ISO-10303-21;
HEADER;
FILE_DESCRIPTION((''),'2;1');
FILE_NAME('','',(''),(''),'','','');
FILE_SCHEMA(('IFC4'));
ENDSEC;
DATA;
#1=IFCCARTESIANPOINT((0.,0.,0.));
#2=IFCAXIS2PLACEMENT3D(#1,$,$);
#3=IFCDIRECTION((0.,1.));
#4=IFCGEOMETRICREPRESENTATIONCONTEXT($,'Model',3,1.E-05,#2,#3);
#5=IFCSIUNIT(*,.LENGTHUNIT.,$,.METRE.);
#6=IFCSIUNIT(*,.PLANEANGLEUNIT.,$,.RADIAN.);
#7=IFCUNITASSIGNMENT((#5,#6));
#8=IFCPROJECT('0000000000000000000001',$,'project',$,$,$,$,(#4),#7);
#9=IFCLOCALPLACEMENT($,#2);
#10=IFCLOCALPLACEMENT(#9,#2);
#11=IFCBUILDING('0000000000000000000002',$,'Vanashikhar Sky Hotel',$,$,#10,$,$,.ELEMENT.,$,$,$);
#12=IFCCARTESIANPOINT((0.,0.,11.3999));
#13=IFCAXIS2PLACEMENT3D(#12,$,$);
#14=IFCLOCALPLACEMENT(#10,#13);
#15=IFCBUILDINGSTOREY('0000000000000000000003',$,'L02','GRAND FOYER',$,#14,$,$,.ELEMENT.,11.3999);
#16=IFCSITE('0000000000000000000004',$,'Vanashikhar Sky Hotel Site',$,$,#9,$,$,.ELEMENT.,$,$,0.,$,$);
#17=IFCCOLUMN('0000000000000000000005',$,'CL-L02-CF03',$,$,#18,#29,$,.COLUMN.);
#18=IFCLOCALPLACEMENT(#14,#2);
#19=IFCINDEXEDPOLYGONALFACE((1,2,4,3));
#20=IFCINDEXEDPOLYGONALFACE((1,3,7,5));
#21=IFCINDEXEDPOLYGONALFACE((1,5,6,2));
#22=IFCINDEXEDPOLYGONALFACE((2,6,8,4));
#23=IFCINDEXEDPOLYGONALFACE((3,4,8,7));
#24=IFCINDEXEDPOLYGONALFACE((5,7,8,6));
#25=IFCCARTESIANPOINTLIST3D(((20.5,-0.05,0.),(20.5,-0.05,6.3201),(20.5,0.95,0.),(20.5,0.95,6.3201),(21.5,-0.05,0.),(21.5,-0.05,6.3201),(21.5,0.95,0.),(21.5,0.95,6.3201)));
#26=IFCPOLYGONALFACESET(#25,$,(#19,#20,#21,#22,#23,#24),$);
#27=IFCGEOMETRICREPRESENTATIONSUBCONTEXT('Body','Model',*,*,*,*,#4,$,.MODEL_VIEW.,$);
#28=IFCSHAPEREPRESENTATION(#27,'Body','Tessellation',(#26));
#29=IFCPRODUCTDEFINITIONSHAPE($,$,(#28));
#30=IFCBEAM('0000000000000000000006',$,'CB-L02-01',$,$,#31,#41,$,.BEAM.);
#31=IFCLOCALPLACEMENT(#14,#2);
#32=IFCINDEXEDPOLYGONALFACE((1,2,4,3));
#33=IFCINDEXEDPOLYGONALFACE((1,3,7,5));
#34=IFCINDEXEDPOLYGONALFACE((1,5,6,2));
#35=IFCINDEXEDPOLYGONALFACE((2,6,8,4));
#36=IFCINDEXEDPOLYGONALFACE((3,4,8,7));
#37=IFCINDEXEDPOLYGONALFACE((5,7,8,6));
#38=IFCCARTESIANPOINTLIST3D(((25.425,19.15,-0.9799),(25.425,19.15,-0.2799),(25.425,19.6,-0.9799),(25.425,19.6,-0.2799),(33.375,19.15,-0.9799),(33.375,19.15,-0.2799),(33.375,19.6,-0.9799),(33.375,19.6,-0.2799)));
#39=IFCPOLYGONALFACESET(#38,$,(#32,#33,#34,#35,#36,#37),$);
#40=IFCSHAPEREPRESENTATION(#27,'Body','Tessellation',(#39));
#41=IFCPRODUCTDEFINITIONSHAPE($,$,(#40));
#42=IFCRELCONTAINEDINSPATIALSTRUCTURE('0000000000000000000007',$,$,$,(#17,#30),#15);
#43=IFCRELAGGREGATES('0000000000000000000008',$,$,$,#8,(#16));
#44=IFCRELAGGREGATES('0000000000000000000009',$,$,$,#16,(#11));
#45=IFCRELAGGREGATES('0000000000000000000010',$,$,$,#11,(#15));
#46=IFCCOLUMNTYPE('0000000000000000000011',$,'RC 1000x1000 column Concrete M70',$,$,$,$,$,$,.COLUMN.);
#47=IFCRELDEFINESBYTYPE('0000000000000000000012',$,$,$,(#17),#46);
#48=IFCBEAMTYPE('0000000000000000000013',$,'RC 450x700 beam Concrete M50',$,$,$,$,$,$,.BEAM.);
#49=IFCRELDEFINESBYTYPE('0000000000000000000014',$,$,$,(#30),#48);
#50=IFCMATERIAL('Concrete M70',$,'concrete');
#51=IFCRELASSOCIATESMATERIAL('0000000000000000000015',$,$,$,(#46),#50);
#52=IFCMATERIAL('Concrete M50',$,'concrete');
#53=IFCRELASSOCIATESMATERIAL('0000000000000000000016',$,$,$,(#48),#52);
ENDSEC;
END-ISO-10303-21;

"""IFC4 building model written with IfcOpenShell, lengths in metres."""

from ifc_helpers import new_model, si_unit, direction, frame, origin, origin_2d, place, context, subcontext, project, spatial, rectangle, extrude, source, transform, mapped, material, material_profile, profile_set, type_object, element, save


model = new_model("IFC4")

# Units and contexts
model_context = context("Model", 3, precision=1e-05, world=origin(), true_north=direction((0.0, 1.0)))
body_context = subcontext(model_context, "Body", "Model", "MODEL_VIEW")
ifc_project = project(units=[si_unit("LENGTHUNIT", "METRE"), si_unit("PLANEANGLEUNIT", "RADIAN")], contexts=[model_context])

# Site, building, storey
site_placement = place(None, origin())
site = spatial("IfcSite", under=ifc_project, at=site_placement, Name="Vanashikhar Sky Hotel Site", CompositionType="ELEMENT", RefElevation=0.0)
building_placement = place(site_placement, origin())
building = spatial("IfcBuilding", under=site, at=building_placement, Name="Vanashikhar Sky Hotel", CompositionType="ELEMENT")
storey_placement = place(building_placement, frame((0.0, 0.0, 11.3999)))
storey = spatial("IfcBuildingStorey", under=building, at=storey_placement, Name="L02", Description="GRAND FOYER", CompositionType="ELEMENT", Elevation=11.3999)

# Column
ifc_material_1 = material(Name="Concrete M70", Category="concrete")
ifc_material_profile_1 = material_profile(ifc_material_1, rectangle(XDim=1.0, YDim=1.0, at=origin_2d()))
ifc_profile_set_1 = profile_set([ifc_material_profile_1], Name="RC 1000x1000 column Concrete M70")
column_type = type_object("IfcColumnType", Name="RC 1000x1000 column Concrete M70", PredefinedType="COLUMN", material=ifc_profile_set_1)
shared_shape_1 = source(origin(), body_context, "Body", "SweptSolid", [
    extrude(rectangle(XDim=1.0, YDim=1.0, at=origin_2d()), origin(), (0.0, 0.0, 1.0), 6.3201),
])
column_placement = place(storey_placement, frame((21.0, 0.45, 0.0), z_axis=(0.0, 0.0, 1.0), x_axis=(1.0, 0.0, 0.0)))
element("IfcColumn", 1, at=column_placement, inside=storey, type_object=column_type, Name="CL-L02-CF03", PredefinedType="COLUMN", context=body_context, shape_type="MappedRepresentation", body=[
    mapped(shared_shape_1, transform((0.0, 0.0, 0.0), scale=1.0)),
])

# Beam
ifc_material_2 = material(Name="Concrete M50", Category="concrete")
ifc_material_profile_2 = material_profile(ifc_material_2, rectangle(XDim=0.45, YDim=0.7, at=origin_2d()))
ifc_profile_set_2 = profile_set([ifc_material_profile_2], Name="RC 450x700 beam Concrete M50")
beam_type = type_object("IfcBeamType", Name="RC 450x700 beam Concrete M50", PredefinedType="BEAM", material=ifc_profile_set_2)
shared_shape_2 = source(origin(), body_context, "Body", "SweptSolid", [
    extrude(rectangle(XDim=0.45, YDim=0.7, at=origin_2d()), origin(), (0.0, 0.0, 1.0), 7.95),
])
beam_placement = place(storey_placement, frame((25.425, 19.375, -0.6299), z_axis=(1.0, 0.0, 0.0), x_axis=(0.0, 1.0, 0.0)))
element("IfcBeam", 2, at=beam_placement, inside=storey, type_object=beam_type, Name="CB-L02-01", PredefinedType="BEAM", context=body_context, shape_type="MappedRepresentation", body=[
    mapped(shared_shape_2, transform((0.0, 0.0, 0.0), scale=1.0)),
])

save(model, "model.ifc")
